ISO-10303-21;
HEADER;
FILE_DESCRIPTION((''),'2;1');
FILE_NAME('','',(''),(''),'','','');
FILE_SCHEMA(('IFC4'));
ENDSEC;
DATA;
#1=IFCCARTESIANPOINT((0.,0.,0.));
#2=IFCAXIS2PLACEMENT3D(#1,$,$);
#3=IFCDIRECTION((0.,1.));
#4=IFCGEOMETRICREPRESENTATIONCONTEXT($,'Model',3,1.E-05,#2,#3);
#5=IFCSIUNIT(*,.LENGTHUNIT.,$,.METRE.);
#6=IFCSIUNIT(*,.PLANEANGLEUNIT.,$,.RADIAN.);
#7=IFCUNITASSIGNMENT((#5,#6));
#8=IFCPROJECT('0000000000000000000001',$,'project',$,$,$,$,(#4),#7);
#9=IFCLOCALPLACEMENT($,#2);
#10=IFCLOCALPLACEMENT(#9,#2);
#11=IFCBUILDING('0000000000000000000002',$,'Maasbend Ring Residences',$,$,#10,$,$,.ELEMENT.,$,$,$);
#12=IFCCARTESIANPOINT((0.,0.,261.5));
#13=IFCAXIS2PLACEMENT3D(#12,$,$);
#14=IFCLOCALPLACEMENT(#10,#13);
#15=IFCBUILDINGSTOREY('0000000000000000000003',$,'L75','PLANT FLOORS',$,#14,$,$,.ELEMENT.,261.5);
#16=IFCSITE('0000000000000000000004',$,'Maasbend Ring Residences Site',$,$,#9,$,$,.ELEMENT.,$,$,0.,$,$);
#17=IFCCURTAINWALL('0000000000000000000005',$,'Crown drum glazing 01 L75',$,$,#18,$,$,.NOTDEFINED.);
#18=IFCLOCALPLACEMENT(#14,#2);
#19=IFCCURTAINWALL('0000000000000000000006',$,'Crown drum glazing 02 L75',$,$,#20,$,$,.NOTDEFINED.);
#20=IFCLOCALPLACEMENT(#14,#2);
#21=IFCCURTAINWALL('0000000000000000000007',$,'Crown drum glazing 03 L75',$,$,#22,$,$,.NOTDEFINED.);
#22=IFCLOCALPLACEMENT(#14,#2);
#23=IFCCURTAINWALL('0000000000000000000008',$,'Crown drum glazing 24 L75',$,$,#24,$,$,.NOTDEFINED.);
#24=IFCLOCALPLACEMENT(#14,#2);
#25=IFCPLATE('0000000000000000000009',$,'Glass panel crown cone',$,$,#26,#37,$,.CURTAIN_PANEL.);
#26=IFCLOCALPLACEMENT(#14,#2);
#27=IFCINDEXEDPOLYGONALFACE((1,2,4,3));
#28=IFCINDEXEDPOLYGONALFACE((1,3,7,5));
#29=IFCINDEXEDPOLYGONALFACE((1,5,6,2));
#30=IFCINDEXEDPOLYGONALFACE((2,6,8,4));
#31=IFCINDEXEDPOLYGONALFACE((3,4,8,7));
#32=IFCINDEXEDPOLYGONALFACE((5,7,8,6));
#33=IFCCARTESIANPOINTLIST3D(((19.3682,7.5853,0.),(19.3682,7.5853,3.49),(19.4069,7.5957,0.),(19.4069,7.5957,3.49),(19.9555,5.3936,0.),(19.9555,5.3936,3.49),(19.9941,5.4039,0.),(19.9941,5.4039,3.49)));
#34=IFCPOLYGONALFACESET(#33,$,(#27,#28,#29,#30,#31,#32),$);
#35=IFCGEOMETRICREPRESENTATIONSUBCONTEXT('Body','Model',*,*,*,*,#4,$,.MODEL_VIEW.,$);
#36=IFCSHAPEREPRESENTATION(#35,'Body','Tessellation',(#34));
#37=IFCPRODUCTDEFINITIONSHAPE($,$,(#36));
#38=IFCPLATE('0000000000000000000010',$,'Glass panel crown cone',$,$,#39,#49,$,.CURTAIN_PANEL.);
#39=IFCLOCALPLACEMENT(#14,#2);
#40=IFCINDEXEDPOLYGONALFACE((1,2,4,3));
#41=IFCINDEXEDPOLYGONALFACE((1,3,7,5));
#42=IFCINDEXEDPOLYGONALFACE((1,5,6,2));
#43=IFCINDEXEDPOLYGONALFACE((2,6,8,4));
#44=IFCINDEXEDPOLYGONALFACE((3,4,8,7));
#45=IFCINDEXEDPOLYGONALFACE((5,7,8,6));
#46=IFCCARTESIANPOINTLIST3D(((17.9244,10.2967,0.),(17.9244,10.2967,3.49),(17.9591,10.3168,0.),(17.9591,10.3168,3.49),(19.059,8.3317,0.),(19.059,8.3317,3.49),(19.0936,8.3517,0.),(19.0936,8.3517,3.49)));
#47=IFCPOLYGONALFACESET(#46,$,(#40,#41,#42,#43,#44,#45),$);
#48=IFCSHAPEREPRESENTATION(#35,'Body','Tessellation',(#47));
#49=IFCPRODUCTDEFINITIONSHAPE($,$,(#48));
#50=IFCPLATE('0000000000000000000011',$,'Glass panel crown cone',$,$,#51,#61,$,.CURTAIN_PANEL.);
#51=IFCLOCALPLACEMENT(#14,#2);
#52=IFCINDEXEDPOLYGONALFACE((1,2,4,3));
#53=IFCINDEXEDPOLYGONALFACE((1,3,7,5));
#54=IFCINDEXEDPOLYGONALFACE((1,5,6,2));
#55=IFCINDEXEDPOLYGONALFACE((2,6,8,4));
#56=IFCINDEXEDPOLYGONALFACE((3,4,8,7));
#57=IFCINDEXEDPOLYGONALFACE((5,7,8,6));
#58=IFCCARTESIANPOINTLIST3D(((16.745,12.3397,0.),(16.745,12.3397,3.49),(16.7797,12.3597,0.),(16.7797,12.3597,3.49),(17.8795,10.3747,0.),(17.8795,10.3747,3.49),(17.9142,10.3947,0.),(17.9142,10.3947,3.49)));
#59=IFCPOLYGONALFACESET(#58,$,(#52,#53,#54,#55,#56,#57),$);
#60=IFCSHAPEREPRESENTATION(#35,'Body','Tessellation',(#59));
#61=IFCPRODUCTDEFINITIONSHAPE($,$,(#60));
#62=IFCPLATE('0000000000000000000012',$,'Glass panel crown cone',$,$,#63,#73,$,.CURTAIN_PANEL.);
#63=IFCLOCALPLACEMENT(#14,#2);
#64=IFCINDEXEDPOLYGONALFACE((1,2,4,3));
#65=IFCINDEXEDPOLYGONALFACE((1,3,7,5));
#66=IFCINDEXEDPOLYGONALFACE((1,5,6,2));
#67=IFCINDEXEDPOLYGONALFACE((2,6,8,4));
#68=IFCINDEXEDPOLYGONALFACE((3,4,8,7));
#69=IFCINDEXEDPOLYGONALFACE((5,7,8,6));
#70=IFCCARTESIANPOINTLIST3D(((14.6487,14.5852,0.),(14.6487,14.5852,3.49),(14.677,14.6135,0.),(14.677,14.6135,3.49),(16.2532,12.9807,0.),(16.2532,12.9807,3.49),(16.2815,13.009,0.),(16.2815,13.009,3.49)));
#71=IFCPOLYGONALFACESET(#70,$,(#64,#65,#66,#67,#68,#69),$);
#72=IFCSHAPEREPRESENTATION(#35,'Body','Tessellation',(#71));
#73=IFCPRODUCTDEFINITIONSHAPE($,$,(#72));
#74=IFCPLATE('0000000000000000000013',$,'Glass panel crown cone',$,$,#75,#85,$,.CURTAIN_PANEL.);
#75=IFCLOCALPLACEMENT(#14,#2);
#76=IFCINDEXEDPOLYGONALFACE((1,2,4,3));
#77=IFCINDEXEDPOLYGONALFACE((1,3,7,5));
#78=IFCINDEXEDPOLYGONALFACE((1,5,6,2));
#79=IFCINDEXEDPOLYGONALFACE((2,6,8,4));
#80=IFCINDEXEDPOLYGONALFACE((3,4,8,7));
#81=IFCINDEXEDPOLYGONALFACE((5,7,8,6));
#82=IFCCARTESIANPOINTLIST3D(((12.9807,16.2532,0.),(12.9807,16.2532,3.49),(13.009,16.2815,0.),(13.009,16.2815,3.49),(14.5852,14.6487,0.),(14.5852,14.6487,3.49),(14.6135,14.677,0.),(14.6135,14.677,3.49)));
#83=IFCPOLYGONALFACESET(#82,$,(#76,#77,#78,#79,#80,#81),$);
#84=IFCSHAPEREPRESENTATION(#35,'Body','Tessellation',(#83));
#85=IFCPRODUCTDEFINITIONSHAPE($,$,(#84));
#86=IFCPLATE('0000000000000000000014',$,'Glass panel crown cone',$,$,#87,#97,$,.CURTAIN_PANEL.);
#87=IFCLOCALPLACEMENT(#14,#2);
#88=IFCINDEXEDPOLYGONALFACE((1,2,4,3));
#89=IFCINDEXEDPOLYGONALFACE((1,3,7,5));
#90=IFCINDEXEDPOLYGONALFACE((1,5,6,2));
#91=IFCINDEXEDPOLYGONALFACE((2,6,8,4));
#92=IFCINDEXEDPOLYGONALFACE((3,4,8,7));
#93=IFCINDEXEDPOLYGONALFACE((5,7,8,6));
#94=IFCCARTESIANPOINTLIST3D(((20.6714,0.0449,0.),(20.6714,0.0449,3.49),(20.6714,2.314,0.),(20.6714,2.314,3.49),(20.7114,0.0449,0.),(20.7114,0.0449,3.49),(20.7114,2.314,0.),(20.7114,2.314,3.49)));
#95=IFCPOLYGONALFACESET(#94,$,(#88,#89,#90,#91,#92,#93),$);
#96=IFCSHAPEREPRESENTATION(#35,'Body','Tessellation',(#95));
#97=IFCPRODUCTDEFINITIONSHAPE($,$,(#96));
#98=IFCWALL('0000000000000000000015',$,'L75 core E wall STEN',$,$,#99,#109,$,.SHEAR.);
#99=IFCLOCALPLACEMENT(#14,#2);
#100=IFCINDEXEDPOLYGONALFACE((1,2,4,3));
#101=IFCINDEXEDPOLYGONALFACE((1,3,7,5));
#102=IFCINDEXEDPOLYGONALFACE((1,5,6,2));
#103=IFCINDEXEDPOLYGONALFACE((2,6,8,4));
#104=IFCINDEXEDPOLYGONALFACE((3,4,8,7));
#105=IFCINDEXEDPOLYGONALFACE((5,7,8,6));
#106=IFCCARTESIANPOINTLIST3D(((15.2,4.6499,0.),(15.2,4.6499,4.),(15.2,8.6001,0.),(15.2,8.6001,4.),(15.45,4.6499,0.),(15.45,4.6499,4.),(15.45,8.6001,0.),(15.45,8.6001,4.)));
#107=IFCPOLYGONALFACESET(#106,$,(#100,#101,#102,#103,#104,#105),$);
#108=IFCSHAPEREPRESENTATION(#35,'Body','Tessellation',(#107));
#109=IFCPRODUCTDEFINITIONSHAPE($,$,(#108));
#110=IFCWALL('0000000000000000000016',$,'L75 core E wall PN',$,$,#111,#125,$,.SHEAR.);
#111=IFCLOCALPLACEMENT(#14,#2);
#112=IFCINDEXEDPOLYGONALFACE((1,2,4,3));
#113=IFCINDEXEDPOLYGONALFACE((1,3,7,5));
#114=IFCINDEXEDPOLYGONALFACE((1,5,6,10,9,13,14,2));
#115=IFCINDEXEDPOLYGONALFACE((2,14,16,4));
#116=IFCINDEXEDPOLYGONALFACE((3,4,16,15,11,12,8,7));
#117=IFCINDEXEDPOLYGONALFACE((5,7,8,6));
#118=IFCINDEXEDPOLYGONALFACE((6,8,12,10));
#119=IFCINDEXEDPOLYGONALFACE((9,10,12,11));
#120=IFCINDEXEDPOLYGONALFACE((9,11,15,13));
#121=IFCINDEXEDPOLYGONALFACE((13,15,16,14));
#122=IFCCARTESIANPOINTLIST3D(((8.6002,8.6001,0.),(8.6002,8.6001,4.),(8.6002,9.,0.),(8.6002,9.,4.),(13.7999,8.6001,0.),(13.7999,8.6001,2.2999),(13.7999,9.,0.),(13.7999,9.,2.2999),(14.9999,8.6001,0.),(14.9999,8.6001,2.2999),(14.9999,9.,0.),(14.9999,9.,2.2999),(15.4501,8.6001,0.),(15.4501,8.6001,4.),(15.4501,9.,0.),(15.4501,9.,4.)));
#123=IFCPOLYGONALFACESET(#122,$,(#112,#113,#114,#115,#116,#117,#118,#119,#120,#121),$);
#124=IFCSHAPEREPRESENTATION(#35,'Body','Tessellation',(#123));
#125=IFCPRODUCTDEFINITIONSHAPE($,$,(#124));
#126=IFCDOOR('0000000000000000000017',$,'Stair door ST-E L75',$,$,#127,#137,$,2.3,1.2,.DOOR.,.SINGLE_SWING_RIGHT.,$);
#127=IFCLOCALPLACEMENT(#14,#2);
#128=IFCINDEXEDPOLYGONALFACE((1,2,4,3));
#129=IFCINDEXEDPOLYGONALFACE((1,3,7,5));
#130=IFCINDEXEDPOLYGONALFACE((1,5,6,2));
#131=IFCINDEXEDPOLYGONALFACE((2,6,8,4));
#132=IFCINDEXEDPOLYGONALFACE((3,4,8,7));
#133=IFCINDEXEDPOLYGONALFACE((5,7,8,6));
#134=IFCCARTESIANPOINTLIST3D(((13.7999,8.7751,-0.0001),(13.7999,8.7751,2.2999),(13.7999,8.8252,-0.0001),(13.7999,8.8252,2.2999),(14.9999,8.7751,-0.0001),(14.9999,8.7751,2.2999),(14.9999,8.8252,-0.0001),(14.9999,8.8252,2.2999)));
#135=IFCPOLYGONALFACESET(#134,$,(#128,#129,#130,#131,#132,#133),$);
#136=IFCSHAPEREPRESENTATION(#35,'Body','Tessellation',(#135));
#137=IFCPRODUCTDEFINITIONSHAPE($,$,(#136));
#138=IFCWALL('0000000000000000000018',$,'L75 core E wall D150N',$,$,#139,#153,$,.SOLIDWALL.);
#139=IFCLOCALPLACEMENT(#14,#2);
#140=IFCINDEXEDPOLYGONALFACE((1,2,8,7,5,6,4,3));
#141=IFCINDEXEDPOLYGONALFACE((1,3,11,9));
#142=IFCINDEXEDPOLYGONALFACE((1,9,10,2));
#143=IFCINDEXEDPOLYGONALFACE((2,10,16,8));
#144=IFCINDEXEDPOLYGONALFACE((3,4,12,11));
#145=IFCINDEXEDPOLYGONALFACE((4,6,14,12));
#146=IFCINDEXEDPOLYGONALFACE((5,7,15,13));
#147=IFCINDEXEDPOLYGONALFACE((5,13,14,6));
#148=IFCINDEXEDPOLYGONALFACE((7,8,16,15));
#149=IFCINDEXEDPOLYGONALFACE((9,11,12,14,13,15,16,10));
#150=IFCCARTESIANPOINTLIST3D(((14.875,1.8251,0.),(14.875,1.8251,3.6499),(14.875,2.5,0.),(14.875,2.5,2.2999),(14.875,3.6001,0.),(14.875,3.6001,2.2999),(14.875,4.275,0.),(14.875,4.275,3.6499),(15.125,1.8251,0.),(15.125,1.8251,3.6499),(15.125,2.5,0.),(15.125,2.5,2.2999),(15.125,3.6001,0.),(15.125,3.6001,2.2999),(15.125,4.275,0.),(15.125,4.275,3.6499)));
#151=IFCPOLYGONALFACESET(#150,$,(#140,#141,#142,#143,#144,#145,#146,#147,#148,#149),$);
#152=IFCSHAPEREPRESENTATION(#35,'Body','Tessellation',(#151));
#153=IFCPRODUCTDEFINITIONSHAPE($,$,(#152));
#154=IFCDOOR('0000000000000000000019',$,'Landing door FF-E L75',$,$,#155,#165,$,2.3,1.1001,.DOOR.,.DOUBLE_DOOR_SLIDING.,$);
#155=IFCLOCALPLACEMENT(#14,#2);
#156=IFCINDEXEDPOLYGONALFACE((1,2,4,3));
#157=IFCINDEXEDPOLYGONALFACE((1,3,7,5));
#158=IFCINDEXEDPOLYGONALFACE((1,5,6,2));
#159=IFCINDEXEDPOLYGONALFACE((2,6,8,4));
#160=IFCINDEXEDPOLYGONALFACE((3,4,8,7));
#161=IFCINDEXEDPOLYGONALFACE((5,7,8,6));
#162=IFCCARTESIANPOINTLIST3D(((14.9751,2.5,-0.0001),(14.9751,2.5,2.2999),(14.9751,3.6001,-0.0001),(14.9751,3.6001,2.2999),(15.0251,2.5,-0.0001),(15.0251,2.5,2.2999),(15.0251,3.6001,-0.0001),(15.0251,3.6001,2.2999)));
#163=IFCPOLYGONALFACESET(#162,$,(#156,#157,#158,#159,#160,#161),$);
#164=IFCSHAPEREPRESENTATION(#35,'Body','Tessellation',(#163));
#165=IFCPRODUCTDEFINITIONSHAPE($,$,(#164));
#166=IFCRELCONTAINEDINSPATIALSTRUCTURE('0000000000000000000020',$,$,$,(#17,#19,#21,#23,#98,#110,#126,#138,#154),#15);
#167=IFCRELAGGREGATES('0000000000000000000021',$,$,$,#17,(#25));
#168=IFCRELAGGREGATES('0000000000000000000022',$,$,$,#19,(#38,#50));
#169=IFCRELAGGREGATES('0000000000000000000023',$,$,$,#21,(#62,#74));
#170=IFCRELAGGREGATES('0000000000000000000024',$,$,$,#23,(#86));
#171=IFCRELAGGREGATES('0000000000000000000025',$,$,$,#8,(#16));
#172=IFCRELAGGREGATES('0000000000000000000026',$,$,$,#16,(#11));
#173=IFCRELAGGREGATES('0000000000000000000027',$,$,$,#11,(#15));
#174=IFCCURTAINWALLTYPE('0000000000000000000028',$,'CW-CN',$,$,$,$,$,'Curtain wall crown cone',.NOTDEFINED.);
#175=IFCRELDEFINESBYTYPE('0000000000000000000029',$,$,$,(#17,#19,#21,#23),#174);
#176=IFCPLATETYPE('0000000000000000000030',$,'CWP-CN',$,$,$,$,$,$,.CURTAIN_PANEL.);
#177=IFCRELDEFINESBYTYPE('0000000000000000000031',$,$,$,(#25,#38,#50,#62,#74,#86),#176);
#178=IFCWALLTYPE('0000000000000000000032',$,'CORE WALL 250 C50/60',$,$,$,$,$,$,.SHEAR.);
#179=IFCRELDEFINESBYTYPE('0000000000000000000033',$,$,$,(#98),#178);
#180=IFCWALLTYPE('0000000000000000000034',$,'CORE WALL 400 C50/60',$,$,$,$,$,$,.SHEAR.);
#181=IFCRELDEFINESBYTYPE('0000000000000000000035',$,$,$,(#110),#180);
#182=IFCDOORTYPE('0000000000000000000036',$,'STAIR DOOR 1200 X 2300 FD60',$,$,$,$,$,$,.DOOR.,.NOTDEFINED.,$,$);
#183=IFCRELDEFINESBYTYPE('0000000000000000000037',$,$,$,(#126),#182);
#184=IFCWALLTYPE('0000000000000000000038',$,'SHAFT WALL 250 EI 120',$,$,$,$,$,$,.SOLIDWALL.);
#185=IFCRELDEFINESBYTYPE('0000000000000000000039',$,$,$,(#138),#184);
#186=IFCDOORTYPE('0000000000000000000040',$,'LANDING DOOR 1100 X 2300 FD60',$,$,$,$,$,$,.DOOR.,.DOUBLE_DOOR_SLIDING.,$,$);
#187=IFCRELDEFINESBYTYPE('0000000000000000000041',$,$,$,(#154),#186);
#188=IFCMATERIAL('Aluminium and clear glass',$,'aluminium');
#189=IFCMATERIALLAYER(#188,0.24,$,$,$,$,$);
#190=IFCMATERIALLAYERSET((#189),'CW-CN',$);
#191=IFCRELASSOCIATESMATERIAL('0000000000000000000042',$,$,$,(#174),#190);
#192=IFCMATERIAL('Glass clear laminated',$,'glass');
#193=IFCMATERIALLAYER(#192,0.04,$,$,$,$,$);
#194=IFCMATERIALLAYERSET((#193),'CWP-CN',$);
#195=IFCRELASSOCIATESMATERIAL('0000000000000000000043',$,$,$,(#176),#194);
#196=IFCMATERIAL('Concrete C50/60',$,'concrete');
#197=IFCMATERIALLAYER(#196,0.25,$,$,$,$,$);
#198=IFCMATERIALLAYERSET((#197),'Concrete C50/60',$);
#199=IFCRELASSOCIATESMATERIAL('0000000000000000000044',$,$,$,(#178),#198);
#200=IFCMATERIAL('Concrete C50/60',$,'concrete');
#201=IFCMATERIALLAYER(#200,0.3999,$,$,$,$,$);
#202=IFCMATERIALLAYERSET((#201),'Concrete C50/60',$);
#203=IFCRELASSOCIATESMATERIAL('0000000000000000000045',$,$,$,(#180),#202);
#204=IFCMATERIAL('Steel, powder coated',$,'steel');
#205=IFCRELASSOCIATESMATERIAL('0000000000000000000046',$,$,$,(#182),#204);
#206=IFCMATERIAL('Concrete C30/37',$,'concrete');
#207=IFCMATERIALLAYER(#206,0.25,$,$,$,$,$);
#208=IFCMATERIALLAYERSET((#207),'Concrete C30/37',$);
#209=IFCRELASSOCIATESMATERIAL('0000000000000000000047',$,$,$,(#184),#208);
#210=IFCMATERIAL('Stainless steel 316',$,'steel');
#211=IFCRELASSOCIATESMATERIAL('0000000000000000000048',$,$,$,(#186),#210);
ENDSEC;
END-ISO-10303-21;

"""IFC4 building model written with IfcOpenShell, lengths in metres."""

from ifc_helpers import new_model, si_unit, direction, frame, frame_2d, origin, origin_2d, place, context, subcontext, project, spatial, rectangle, extrude, material, layer, layer_set, type_object, element, fill, aggregate, save


model = new_model("IFC4")

# Units and contexts
model_context = context("Model", 3, precision=1e-05, world=origin(), true_north=direction((0.0, 1.0)))
body_context = subcontext(model_context, "Body", "Model", "MODEL_VIEW")
ifc_project = project(units=[si_unit("LENGTHUNIT", "METRE"), si_unit("PLANEANGLEUNIT", "RADIAN")], contexts=[model_context])

# Site, building, storey
site_placement = place(None, origin())
site = spatial("IfcSite", under=ifc_project, at=site_placement, Name="Maasbend Ring Residences Site", CompositionType="ELEMENT", RefElevation=0.0)
building_placement = place(site_placement, origin())
building = spatial("IfcBuilding", under=site, at=building_placement, Name="Maasbend Ring Residences", CompositionType="ELEMENT")
storey_placement = place(building_placement, frame((0.0, 0.0, 261.5)))
storey = spatial("IfcBuildingStorey", under=building, at=storey_placement, Name="L75", Description="PLANT FLOORS", CompositionType="ELEMENT", Elevation=261.5)

# Curtain walls
ifc_material_1 = material(Name="Aluminium and clear glass", Category="aluminium")
ifc_layer_1 = layer(ifc_material_1, 0.24)
ifc_layer_set_1 = layer_set([ifc_layer_1], Name="CW-CN")
curtain_wall_type = type_object("IfcCurtainWallType", Name="CW-CN", ElementType="Curtain wall crown cone", PredefinedType="NOTDEFINED", material=ifc_layer_set_1)
curtain_wall_1_placement = place(storey_placement, origin())
curtain_wall_1 = element("IfcCurtainWall", 1, at=curtain_wall_1_placement, inside=storey, type_object=curtain_wall_type, Name="Crown drum glazing 01 L75", PredefinedType="NOTDEFINED")
curtain_wall_2_placement = place(storey_placement, origin())
curtain_wall_2 = element("IfcCurtainWall", 2, at=curtain_wall_2_placement, inside=storey, type_object=curtain_wall_type, Name="Crown drum glazing 02 L75", PredefinedType="NOTDEFINED")
curtain_wall_3_placement = place(storey_placement, origin())
curtain_wall_3 = element("IfcCurtainWall", 3, at=curtain_wall_3_placement, inside=storey, type_object=curtain_wall_type, Name="Crown drum glazing 03 L75", PredefinedType="NOTDEFINED")

# Curtain wall
curtain_wall_4_placement = place(storey_placement, origin())
curtain_wall_4 = element("IfcCurtainWall", 4, at=curtain_wall_4_placement, inside=storey, type_object=curtain_wall_type, Name="Crown drum glazing 24 L75", PredefinedType="NOTDEFINED")

# Plates
ifc_material_2 = material(Name="Glass clear laminated", Category="glass")
ifc_layer_2 = layer(ifc_material_2, 0.04)
ifc_layer_set_2 = layer_set([ifc_layer_2], Name="CWP-CN")
plate_type = type_object("IfcPlateType", Name="CWP-CN", PredefinedType="CURTAIN_PANEL", material=ifc_layer_set_2)
plate_1_placement = place(storey_placement, frame((19.6812, 6.4946, 0.0), z_axis=(0.0, 0.0, 1.0), x_axis=(-0.258819, 0.965926, 0.0)))
plate_1 = element("IfcPlate", 5, at=plate_1_placement, type_object=plate_type, Name="Glass panel crown cone", PredefinedType="CURTAIN_PANEL", context=body_context, shape_type="SweptSolid", body=[
    extrude(rectangle(XDim=2.269, YDim=0.04, at=origin_2d()), origin(), (0.0, 0.0, 1.0), 3.49),
])
aggregate(curtain_wall_1, [plate_1])
plate_2_placement = place(storey_placement, frame((18.509, 9.3242, 0.0), z_axis=(0.0, 0.0, 1.0), x_axis=(-0.5, 0.866025, 0.0)))
plate_2 = element("IfcPlate", 6, at=plate_2_placement, type_object=plate_type, Name="Glass panel crown cone", PredefinedType="CURTAIN_PANEL", context=body_context, shape_type="SweptSolid", body=[
    extrude(rectangle(XDim=2.269, YDim=0.04, at=origin_2d()), origin(), (0.0, 0.0, 1.0), 3.49),
])
plate_3_placement = place(storey_placement, frame((17.3296, 11.3672, 0.0), z_axis=(0.0, 0.0, 1.0), x_axis=(-0.5, 0.866025, 0.0)))
plate_3 = element("IfcPlate", 7, at=plate_3_placement, type_object=plate_type, Name="Glass panel crown cone", PredefinedType="CURTAIN_PANEL", context=body_context, shape_type="SweptSolid", body=[
    extrude(rectangle(XDim=2.269, YDim=0.04, at=origin_2d()), origin(), (0.0, 0.0, 1.0), 3.49),
])
aggregate(curtain_wall_2, [plate_2, plate_3])
plate_4_placement = place(storey_placement, frame((15.4651, 13.7971, 0.0), z_axis=(0.0, 0.0, 1.0), x_axis=(-0.707107, 0.707107, 0.0)))
plate_4 = element("IfcPlate", 8, at=plate_4_placement, type_object=plate_type, Name="Glass panel crown cone", PredefinedType="CURTAIN_PANEL", context=body_context, shape_type="SweptSolid", body=[
    extrude(rectangle(XDim=2.269, YDim=0.04, at=origin_2d()), origin(), (0.0, 0.0, 1.0), 3.49),
])
plate_5_placement = place(storey_placement, frame((13.7971, 15.4651, 0.0), z_axis=(0.0, 0.0, 1.0), x_axis=(-0.707107, 0.707107, 0.0)))
plate_5 = element("IfcPlate", 9, at=plate_5_placement, type_object=plate_type, Name="Glass panel crown cone", PredefinedType="CURTAIN_PANEL", context=body_context, shape_type="SweptSolid", body=[
    extrude(rectangle(XDim=2.269, YDim=0.04, at=origin_2d()), origin(), (0.0, 0.0, 1.0), 3.49),
])
aggregate(curtain_wall_3, [plate_4, plate_5])
plate_6_placement = place(storey_placement, frame((20.6914, 1.1794, 0.0), z_axis=(0.0, 0.0, 1.0), x_axis=(0.0, 1.0, 0.0)))
plate_6 = element("IfcPlate", 10, at=plate_6_placement, type_object=plate_type, Name="Glass panel crown cone", PredefinedType="CURTAIN_PANEL", context=body_context, shape_type="SweptSolid", body=[
    extrude(rectangle(XDim=2.269, YDim=0.04, at=origin_2d()), origin(), (0.0, 0.0, 1.0), 3.49),
])
aggregate(curtain_wall_4, [plate_6])

# Wall
ifc_material_3 = material(Name="Concrete C50/60", Category="concrete")
ifc_layer_3 = layer(ifc_material_3, 0.25)
ifc_layer_set_3 = layer_set([ifc_layer_3], Name="Concrete C50/60")
wall_type_1 = type_object("IfcWallType", Name="CORE WALL 250 C50/60", PredefinedType="SHEAR", material=ifc_layer_set_3)
wall_1_placement = place(storey_placement, frame((15.325, 4.6499, 0.0), z_axis=(0.0, 0.0, 1.0), x_axis=(0.0, 1.0, 0.0)))
element("IfcWall", 11, at=wall_1_placement, inside=storey, type_object=wall_type_1, Name="L75 core E wall STEN", PredefinedType="SHEAR", context=body_context, shape_type="SweptSolid", body=[
    extrude(rectangle(XDim=3.9502, YDim=0.25, at=frame_2d((1.9751, 0.0))), origin(), (0.0, 0.0, 1.0), 4.0),
])

# Walls, openings, doors
ifc_material_4 = material(Name="Concrete C50/60", Category="concrete")
ifc_layer_4 = layer(ifc_material_4, 0.3999)
ifc_layer_set_4 = layer_set([ifc_layer_4], Name="Concrete C50/60")
wall_type_2 = type_object("IfcWallType", Name="CORE WALL 400 C50/60", PredefinedType="SHEAR", material=ifc_layer_set_4)
wall_2_placement = place(storey_placement, frame((15.45, 8.8, 0.0), z_axis=(0.0, 0.0, 1.0), x_axis=(-1.0, 0.0, 0.0)))
wall_2 = element("IfcWall", 12, at=wall_2_placement, inside=storey, type_object=wall_type_2, Name="L75 core E wall PN", PredefinedType="SHEAR", context=body_context, shape_type="SweptSolid", body=[
    extrude(rectangle(XDim=6.8499, YDim=0.3999, at=frame_2d((3.4248, 0.0))), origin(), (0.0, 0.0, 1.0), 4.0),
])
opening_1_placement = place(wall_2_placement, frame((0.45, 0.0, 0.0)))
opening_1 = element("IfcOpeningElement", 13, at=opening_1_placement, cuts=wall_2, PredefinedType="OPENING", context=body_context, shape_type="SweptSolid", body=[
    extrude(rectangle(XDim=1.2, YDim=2.3, at=frame_2d((0.6001, 1.1499))), frame((0.0, 0.21, 0.0), z_axis=(0.0, -1.0, 0.0), x_axis=(1.0, 0.0, 0.0)), (0.0, 0.0, 1.0), 0.4199),
])
ifc_material_5 = material(Name="Steel, powder coated", Category="steel")
door_type_1 = type_object("IfcDoorType", Name="STAIR DOOR 1200 X 2300 FD60", OperationType="NOTDEFINED", PredefinedType="DOOR", material=ifc_material_5)
door_1_placement = place(opening_1_placement, origin())
door_1 = element("IfcDoor", 14, at=door_1_placement, inside=storey, type_object=door_type_1, Name="Stair door ST-E L75", OperationType="SINGLE_SWING_RIGHT", OverallHeight=2.3, OverallWidth=1.2, PredefinedType="DOOR", context=body_context, shape_type="SweptSolid", body=[
    extrude(rectangle(XDim=1.2, YDim=2.3, at=frame_2d((0.6001, 1.1499))), frame((0.0, 0.0249, 0.0), z_axis=(0.0, -1.0, 0.0), x_axis=(1.0, 0.0, 0.0)), (0.0, 0.0, 1.0), 0.05),
])
fill(opening_1, door_1)
ifc_material_6 = material(Name="Concrete C30/37", Category="concrete")
ifc_layer_5 = layer(ifc_material_6, 0.25)
ifc_layer_set_5 = layer_set([ifc_layer_5], Name="Concrete C30/37")
wall_type_3 = type_object("IfcWallType", Name="SHAFT WALL 250 EI 120", PredefinedType="SOLIDWALL", material=ifc_layer_set_5)
wall_3_placement = place(storey_placement, frame((15.0, 1.825, 0.0), z_axis=(0.0, 0.0, 1.0), x_axis=(0.0, 1.0, 0.0)))
wall_3 = element("IfcWall", 15, at=wall_3_placement, inside=storey, type_object=wall_type_3, Name="L75 core E wall D150N", PredefinedType="SOLIDWALL", context=body_context, shape_type="SweptSolid", body=[
    extrude(rectangle(XDim=2.45, YDim=0.25, at=frame_2d((1.2251, 0.0))), origin(), (0.0, 0.0, 1.0), 3.6499),
])
opening_2_placement = place(wall_3_placement, frame((0.675, 0.0, 0.0)))
opening_2 = element("IfcOpeningElement", 16, at=opening_2_placement, cuts=wall_3, PredefinedType="OPENING", context=body_context, shape_type="SweptSolid", body=[
    extrude(rectangle(XDim=1.1001, YDim=2.3, at=frame_2d((0.55, 1.1499))), frame((0.0, 0.135, 0.0), z_axis=(0.0, -1.0, 0.0), x_axis=(1.0, 0.0, 0.0)), (0.0, 0.0, 1.0), 0.27),
])
ifc_material_7 = material(Name="Stainless steel 316", Category="steel")
door_type_2 = type_object("IfcDoorType", Name="LANDING DOOR 1100 X 2300 FD60", OperationType="DOUBLE_DOOR_SLIDING", PredefinedType="DOOR", material=ifc_material_7)
door_2_placement = place(opening_2_placement, origin())
door_2 = element("IfcDoor", 17, at=door_2_placement, inside=storey, type_object=door_type_2, Name="Landing door FF-E L75", OperationType="DOUBLE_DOOR_SLIDING", OverallHeight=2.3, OverallWidth=1.1001, PredefinedType="DOOR", context=body_context, shape_type="SweptSolid", body=[
    extrude(rectangle(XDim=1.1001, YDim=2.3, at=frame_2d((0.55, 1.1499))), frame((0.0, 0.0249, 0.0), z_axis=(0.0, -1.0, 0.0), x_axis=(1.0, 0.0, 0.0)), (0.0, 0.0, 1.0), 0.05),
])
fill(opening_2, door_2)

save(model, "model.ifc")
